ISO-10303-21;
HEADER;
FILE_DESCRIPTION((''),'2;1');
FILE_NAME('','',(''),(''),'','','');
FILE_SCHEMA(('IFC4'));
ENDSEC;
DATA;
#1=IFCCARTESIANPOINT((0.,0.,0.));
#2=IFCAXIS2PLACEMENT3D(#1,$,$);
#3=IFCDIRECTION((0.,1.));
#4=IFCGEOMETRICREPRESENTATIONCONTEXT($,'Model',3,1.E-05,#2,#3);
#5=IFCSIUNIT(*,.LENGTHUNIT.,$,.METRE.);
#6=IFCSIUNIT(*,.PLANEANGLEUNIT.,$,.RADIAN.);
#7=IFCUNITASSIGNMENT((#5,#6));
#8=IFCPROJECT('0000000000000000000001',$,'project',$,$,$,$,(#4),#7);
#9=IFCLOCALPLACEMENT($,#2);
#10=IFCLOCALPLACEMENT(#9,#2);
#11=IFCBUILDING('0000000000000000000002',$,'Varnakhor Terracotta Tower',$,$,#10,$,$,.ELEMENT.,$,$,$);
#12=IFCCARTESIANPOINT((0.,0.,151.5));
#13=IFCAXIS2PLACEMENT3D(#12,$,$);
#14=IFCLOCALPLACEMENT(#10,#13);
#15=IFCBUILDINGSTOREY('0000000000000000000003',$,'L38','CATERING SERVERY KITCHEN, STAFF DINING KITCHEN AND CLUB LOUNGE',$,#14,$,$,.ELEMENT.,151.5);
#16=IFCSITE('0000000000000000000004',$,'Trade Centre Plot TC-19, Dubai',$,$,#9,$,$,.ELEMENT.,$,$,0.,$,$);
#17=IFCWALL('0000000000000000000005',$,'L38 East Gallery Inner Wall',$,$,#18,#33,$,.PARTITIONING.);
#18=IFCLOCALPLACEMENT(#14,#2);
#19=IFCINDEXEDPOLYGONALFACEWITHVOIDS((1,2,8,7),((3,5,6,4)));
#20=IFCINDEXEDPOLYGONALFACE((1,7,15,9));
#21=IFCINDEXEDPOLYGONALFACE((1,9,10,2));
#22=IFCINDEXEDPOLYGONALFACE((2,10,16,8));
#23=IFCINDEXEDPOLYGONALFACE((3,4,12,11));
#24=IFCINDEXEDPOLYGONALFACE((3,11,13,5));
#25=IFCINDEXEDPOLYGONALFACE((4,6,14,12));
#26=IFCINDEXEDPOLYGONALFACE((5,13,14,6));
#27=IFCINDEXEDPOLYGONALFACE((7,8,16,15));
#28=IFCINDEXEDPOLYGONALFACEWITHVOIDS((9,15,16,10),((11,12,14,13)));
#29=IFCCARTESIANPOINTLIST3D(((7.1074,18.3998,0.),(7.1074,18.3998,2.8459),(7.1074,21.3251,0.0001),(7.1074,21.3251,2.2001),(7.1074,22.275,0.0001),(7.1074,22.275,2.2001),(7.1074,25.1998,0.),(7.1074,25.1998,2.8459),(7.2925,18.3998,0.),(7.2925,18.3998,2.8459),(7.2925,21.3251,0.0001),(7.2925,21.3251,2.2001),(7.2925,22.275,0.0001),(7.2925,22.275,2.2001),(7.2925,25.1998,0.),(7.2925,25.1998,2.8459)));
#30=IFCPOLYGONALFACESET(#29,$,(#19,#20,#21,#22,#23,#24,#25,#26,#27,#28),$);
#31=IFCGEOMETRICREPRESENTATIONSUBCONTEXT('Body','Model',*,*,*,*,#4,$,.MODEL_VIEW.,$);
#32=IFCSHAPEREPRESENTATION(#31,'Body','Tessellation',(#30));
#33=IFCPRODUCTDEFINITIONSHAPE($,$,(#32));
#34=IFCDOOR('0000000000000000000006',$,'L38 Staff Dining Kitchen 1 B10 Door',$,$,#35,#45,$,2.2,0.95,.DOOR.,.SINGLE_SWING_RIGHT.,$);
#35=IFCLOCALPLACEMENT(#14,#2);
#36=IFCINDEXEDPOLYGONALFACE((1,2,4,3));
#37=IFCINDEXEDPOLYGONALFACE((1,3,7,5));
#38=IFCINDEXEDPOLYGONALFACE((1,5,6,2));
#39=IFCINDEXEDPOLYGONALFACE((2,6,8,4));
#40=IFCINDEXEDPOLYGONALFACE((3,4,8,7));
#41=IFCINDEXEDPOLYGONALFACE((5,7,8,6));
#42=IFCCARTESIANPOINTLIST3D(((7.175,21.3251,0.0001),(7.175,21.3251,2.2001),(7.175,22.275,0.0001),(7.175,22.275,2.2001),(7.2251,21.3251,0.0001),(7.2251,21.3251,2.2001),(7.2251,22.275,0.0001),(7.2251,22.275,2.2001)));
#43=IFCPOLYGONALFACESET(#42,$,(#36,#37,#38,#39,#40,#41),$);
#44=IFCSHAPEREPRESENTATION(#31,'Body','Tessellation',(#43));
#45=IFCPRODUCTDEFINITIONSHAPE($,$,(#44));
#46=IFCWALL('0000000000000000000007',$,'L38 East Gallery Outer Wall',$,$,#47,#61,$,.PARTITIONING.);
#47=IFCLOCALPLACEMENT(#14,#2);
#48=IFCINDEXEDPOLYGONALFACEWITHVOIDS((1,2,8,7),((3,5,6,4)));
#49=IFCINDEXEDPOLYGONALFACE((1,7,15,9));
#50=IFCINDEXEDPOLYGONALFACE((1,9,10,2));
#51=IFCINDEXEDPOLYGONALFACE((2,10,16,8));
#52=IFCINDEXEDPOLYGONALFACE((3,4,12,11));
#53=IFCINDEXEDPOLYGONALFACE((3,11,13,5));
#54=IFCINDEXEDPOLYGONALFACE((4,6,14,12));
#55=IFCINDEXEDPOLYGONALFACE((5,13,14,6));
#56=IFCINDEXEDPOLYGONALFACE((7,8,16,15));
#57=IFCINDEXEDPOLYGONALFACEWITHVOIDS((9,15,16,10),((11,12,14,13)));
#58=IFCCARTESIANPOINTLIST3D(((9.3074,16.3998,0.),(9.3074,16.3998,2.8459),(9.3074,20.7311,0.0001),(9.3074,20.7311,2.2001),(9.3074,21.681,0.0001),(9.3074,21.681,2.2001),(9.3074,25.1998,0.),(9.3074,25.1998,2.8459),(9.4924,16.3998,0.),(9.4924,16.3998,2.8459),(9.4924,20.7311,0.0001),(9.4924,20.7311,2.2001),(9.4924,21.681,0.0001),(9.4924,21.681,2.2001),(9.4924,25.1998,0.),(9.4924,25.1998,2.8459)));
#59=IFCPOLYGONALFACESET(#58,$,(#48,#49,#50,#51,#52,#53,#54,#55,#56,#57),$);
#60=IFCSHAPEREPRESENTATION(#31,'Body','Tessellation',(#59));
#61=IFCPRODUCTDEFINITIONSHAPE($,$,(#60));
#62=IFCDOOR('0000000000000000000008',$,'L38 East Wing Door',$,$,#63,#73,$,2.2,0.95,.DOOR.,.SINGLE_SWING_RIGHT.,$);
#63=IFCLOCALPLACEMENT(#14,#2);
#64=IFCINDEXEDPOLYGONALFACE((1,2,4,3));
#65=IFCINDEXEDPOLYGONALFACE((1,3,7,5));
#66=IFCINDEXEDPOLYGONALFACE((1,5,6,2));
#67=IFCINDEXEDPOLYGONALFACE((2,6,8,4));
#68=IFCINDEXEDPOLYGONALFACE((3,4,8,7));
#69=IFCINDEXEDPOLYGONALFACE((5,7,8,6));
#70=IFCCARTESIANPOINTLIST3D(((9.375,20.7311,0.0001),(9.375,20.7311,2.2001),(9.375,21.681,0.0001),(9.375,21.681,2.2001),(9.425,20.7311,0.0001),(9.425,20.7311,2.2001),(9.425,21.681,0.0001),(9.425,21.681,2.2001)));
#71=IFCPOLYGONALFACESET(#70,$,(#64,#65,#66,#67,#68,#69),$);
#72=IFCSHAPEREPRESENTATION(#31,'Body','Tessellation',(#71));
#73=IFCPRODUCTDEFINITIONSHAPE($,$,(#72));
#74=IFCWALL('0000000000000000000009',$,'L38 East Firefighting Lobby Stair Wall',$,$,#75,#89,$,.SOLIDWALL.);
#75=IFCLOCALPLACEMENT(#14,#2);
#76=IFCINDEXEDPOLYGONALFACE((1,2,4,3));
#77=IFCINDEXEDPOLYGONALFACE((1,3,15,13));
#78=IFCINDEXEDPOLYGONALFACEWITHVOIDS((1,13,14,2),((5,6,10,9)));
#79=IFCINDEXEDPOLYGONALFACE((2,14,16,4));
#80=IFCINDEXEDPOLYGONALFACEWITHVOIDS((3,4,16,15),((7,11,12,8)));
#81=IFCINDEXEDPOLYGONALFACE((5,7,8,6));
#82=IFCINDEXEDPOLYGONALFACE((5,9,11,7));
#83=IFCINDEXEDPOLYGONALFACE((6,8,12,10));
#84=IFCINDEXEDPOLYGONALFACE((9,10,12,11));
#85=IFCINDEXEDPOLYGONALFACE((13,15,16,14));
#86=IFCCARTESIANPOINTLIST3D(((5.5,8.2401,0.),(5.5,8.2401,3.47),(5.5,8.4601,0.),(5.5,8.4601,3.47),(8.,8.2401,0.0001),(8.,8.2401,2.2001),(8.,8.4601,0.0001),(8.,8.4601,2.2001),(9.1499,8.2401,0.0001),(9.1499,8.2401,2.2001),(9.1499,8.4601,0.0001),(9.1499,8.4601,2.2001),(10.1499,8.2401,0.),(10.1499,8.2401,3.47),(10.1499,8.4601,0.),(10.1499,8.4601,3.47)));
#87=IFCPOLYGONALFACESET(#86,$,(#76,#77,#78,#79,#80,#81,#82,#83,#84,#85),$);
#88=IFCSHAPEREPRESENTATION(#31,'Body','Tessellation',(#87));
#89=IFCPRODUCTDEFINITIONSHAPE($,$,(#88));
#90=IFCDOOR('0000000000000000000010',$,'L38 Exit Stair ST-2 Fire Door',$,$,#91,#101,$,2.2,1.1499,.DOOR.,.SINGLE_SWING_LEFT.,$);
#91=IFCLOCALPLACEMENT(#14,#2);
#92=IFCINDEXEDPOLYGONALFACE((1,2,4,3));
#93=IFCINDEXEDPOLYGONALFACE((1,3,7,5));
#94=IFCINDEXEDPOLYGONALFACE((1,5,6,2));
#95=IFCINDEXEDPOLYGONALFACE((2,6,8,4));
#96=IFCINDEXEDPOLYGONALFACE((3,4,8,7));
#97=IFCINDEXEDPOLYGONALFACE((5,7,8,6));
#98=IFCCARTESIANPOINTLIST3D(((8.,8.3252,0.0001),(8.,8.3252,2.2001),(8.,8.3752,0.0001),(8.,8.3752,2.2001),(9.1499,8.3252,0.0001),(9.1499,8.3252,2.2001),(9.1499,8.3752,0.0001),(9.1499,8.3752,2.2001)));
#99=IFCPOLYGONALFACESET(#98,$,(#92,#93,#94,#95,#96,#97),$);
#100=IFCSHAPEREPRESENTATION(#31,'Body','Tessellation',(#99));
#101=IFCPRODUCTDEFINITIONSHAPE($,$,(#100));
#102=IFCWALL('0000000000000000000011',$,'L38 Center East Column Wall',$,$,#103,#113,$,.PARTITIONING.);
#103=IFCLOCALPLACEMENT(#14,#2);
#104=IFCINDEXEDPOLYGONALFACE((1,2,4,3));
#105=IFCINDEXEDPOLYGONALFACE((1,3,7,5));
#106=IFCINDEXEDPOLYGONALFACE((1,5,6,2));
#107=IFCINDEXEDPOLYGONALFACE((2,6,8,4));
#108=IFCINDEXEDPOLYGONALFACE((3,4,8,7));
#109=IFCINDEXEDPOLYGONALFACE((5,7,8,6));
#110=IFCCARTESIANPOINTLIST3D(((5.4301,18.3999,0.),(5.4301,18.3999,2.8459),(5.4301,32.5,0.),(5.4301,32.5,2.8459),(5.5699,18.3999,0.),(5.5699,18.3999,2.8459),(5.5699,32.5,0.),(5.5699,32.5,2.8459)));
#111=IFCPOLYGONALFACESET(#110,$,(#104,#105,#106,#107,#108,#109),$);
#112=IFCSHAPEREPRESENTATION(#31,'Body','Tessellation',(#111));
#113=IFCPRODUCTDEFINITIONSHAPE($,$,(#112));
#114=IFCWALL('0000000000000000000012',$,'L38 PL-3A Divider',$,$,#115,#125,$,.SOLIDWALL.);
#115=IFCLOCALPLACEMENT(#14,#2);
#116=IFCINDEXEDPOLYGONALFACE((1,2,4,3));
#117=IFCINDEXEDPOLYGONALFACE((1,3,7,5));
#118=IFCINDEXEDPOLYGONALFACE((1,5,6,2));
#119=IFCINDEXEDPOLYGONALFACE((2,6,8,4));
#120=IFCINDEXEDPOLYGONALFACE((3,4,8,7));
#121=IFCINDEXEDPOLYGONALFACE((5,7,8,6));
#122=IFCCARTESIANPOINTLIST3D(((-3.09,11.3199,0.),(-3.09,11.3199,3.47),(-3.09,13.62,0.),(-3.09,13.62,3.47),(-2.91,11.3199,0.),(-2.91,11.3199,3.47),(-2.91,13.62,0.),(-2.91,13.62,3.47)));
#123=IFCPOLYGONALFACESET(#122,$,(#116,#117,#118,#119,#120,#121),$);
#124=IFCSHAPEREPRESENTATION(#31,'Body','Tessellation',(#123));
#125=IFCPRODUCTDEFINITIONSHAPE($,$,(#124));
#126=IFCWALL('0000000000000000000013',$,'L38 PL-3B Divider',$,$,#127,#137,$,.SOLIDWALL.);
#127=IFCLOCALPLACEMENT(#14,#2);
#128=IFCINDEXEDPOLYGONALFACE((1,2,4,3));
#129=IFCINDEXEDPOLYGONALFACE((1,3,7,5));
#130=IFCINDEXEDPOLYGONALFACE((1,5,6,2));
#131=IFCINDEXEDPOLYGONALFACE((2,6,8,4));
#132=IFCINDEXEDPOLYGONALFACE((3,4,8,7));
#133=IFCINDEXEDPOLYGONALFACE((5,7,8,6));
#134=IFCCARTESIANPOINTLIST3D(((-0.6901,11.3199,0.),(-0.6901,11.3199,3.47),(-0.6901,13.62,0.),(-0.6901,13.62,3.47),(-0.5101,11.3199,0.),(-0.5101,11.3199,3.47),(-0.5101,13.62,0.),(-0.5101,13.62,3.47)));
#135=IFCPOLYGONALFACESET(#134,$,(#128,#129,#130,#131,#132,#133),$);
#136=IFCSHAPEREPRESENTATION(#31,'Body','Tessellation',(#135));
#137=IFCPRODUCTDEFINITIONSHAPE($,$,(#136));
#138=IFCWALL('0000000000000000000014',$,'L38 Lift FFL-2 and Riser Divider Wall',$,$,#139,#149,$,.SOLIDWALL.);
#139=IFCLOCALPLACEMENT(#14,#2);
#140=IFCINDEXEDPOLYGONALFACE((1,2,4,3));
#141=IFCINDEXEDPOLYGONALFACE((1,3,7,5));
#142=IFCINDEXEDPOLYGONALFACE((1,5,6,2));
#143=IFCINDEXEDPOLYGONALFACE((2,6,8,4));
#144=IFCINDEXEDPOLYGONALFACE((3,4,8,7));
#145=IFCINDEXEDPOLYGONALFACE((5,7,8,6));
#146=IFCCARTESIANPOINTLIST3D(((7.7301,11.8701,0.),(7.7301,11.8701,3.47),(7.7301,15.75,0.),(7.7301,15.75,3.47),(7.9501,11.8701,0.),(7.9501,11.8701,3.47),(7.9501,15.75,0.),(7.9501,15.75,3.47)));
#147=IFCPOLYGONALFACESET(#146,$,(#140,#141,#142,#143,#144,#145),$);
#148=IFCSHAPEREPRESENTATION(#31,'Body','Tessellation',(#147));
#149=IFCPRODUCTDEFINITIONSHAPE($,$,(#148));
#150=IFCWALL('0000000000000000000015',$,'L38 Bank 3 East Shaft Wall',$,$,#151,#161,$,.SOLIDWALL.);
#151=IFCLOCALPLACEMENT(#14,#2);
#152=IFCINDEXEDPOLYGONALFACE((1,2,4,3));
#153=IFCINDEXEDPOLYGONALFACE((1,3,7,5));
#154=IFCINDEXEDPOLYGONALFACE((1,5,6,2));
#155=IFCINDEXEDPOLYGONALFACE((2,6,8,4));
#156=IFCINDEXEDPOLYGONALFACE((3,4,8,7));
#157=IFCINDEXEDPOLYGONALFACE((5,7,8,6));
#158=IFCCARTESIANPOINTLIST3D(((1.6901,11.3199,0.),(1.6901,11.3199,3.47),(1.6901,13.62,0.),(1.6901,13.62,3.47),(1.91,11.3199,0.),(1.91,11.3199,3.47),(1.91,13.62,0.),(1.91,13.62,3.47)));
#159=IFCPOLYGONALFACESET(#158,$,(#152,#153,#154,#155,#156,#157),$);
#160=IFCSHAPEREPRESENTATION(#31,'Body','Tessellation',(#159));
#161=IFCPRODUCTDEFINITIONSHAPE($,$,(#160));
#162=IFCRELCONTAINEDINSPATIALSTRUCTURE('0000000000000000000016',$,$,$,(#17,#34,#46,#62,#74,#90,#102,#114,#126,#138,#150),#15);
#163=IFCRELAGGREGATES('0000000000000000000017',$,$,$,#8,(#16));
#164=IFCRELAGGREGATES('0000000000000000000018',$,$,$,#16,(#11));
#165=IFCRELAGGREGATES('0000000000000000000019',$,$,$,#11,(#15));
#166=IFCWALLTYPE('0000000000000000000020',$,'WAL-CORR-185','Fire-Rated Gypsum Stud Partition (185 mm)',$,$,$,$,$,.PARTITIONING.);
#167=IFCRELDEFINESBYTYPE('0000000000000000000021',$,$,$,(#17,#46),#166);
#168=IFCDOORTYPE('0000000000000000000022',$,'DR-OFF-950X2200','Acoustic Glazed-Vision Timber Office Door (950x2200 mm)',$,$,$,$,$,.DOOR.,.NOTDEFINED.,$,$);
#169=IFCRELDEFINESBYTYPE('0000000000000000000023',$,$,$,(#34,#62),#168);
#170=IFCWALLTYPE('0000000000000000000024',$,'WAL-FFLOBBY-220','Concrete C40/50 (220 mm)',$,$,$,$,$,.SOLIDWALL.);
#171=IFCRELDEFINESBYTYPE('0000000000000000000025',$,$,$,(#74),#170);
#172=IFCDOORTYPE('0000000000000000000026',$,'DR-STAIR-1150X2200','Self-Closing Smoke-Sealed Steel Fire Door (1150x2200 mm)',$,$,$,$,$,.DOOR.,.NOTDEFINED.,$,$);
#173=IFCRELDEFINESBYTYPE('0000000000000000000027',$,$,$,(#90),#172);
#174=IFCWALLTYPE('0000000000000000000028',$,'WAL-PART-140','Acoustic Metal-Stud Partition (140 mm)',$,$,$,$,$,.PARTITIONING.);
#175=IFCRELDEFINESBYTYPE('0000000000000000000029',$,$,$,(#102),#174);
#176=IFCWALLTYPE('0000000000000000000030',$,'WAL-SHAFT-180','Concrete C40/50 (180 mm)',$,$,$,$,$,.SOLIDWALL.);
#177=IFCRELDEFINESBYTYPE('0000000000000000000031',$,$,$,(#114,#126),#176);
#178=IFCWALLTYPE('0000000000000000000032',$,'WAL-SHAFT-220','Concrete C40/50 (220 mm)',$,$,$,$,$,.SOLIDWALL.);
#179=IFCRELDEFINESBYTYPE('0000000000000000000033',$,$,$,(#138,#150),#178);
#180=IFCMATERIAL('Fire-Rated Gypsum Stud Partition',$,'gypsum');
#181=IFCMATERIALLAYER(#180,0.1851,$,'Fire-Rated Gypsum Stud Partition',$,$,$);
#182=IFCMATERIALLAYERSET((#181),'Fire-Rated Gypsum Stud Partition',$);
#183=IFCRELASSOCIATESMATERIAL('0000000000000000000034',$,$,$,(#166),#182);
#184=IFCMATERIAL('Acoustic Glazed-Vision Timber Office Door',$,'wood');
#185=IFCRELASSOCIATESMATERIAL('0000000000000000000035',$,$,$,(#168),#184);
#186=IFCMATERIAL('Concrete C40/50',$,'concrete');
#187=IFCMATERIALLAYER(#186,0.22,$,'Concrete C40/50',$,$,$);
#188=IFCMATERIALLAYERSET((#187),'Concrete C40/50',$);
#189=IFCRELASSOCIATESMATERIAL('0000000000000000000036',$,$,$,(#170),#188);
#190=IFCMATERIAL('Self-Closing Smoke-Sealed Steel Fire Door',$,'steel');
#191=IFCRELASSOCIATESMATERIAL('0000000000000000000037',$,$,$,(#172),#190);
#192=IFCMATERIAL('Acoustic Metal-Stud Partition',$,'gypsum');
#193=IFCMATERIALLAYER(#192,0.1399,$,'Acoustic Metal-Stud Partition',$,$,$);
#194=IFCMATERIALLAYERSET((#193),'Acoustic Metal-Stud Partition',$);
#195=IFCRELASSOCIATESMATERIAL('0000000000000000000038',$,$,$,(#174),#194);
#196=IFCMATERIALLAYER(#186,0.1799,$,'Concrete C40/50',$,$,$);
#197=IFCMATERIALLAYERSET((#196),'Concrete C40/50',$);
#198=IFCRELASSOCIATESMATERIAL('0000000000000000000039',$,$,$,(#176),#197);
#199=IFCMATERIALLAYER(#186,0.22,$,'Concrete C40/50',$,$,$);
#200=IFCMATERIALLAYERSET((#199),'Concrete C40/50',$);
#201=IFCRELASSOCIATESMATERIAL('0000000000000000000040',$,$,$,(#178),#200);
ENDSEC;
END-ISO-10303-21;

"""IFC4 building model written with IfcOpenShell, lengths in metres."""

from ifc_helpers import new_model, si_unit, direction, frame, frame_2d, origin, place, context, subcontext, project, spatial, rectangle, extrude, source, transform, mapped, material, layer, layer_set, type_object, type_shapes, element, fill, save


model = new_model("IFC4")

# Units and contexts
model_context = context("Model", 3, precision=1e-05, world=origin(), true_north=direction((0.0, 1.0)))
body_context = subcontext(model_context, "Body", "Model", "MODEL_VIEW")
ifc_project = project(units=[si_unit("LENGTHUNIT", "METRE"), si_unit("PLANEANGLEUNIT", "RADIAN")], contexts=[model_context])

# Site, building, storey
site_placement = place(None, origin())
site = spatial("IfcSite", under=ifc_project, at=site_placement, Name="Trade Centre Plot TC-19, Dubai", CompositionType="ELEMENT", RefElevation=0.0)
building_placement = place(site_placement, origin())
building = spatial("IfcBuilding", under=site, at=building_placement, Name="Varnakhor Terracotta Tower", CompositionType="ELEMENT")
storey_placement = place(building_placement, frame((0.0, 0.0, 151.5)))
storey = spatial("IfcBuildingStorey", under=building, at=storey_placement, Name="L38", Description="CATERING SERVERY KITCHEN, STAFF DINING KITCHEN AND CLUB LOUNGE", CompositionType="ELEMENT", Elevation=151.5)

# Walls, openings, doors
ifc_material_1 = material(Name="Fire-Rated Gypsum Stud Partition", Category="gypsum")
ifc_layer_1 = layer(ifc_material_1, 0.1851, Name="Fire-Rated Gypsum Stud Partition")
ifc_layer_set_1 = layer_set([ifc_layer_1], Name="Fire-Rated Gypsum Stud Partition")
wall_type_1 = type_object("IfcWallType", Name="WAL-CORR-185", Description="Fire-Rated Gypsum Stud Partition (185 mm)", PredefinedType="PARTITIONING", material=ifc_layer_set_1)
wall_1_placement = place(storey_placement, frame((7.2, 18.3999, 0.0), z_axis=(0.0, 0.0, 1.0), x_axis=(0.0, 1.0, 0.0)))
wall_1 = element("IfcWall", 1, at=wall_1_placement, inside=storey, type_object=wall_type_1, Name="L38 East Gallery Inner Wall", PredefinedType="PARTITIONING", context=body_context, shape_type="SweptSolid", body=[
    extrude(rectangle(XDim=6.8, YDim=0.1851, at=frame_2d((3.3999, 0.0))), origin(), (0.0, 0.0, 1.0), 2.8459),
])
opening_1_placement = place(wall_1_placement, frame((2.925, 0.0, 0.0)))
opening_1 = element("IfcOpeningElement", 2, at=opening_1_placement, cuts=wall_1, PredefinedType="OPENING", context=body_context, shape_type="SweptSolid", body=[
    extrude(rectangle(XDim=0.95, YDim=2.2, at=frame_2d((0.4751, 1.1001))), frame((0.0, 0.1025, 0.0), z_axis=(0.0, -1.0, 0.0), x_axis=(1.0, 0.0, 0.0)), (0.0, 0.0, 1.0), 0.2051),
])
ifc_material_2 = material(Name="Acoustic Glazed-Vision Timber Office Door", Category="wood")
door_type_1 = type_object("IfcDoorType", Name="DR-OFF-950X2200", Description="Acoustic Glazed-Vision Timber Office Door (950x2200 mm)", OperationType="NOTDEFINED", PredefinedType="DOOR", material=ifc_material_2)
shared_shape_1 = source(origin(), body_context, "Body", "SweptSolid", [
    extrude(rectangle(XDim=0.95, YDim=2.2, at=frame_2d((0.4751, 1.1001))), frame((0.0, 0.0249, 0.0), z_axis=(0.0, -1.0, 0.0), x_axis=(1.0, 0.0, 0.0)), (0.0, 0.0, 1.0), 0.05),
])
type_shapes(door_type_1, [shared_shape_1])
door_1_placement = place(opening_1_placement, origin())
door_1 = element("IfcDoor", 3, at=door_1_placement, inside=storey, type_object=door_type_1, Name="L38 Staff Dining Kitchen 1 B10 Door", OperationType="SINGLE_SWING_RIGHT", OverallHeight=2.2, OverallWidth=0.95, PredefinedType="DOOR", context=body_context, shape_type="MappedRepresentation", body=[
    mapped(shared_shape_1, transform((0.0, 0.0, 0.0), scale=1.0)),
])
fill(opening_1, door_1)
wall_2_placement = place(storey_placement, frame((9.3999, 16.3999, 0.0), z_axis=(0.0, 0.0, 1.0), x_axis=(0.0, 1.0, 0.0)))
wall_2 = element("IfcWall", 4, at=wall_2_placement, inside=storey, type_object=wall_type_1, Name="L38 East Gallery Outer Wall", PredefinedType="PARTITIONING", context=body_context, shape_type="SweptSolid", body=[
    extrude(rectangle(XDim=8.8, YDim=0.1851, at=frame_2d((4.3999, 0.0))), origin(), (0.0, 0.0, 1.0), 2.8459),
])
opening_2_placement = place(wall_2_placement, frame((4.3311, 0.0, 0.0)))
opening_2 = element("IfcOpeningElement", 5, at=opening_2_placement, cuts=wall_2, PredefinedType="OPENING", context=body_context, shape_type="SweptSolid", body=[
    extrude(rectangle(XDim=0.95, YDim=2.2, at=frame_2d((0.4751, 1.1001))), frame((0.0, 0.1025, 0.0), z_axis=(0.0, -1.0, 0.0), x_axis=(1.0, 0.0, 0.0)), (0.0, 0.0, 1.0), 0.2051),
])
door_2_placement = place(opening_2_placement, origin())
door_2 = element("IfcDoor", 6, at=door_2_placement, inside=storey, type_object=door_type_1, Name="L38 East Wing Door", OperationType="SINGLE_SWING_RIGHT", OverallHeight=2.2, OverallWidth=0.95, PredefinedType="DOOR", context=body_context, shape_type="MappedRepresentation", body=[
    mapped(shared_shape_1, transform((0.0, 0.0, 0.0), scale=1.0)),
])
fill(opening_2, door_2)
ifc_material_3 = material(Name="Concrete C40/50", Category="concrete")
ifc_layer_2 = layer(ifc_material_3, 0.22, Name="Concrete C40/50")
ifc_layer_set_2 = layer_set([ifc_layer_2], Name="Concrete C40/50")
wall_type_2 = type_object("IfcWallType", Name="WAL-FFLOBBY-220", Description="Concrete C40/50 (220 mm)", PredefinedType="SOLIDWALL", material=ifc_layer_set_2)
wall_3_placement = place(storey_placement, frame((10.1499, 8.3501, 0.0), z_axis=(0.0, 0.0, 1.0), x_axis=(-1.0, 0.0, 0.0)))
wall_3 = element("IfcWall", 7, at=wall_3_placement, inside=storey, type_object=wall_type_2, Name="L38 East Firefighting Lobby Stair Wall", PredefinedType="SOLIDWALL", context=body_context, shape_type="SweptSolid", body=[
    extrude(rectangle(XDim=4.6499, YDim=0.22, at=frame_2d((2.325, 0.0))), origin(), (0.0, 0.0, 1.0), 3.47),
])
opening_3_placement = place(wall_3_placement, frame((1.0, 0.0, 0.0)))
opening_3 = element("IfcOpeningElement", 8, at=opening_3_placement, cuts=wall_3, PredefinedType="OPENING", context=body_context, shape_type="SweptSolid", body=[
    extrude(rectangle(XDim=1.1499, YDim=2.2, at=frame_2d((0.575, 1.1001))), frame((0.0, 0.1201, 0.0), z_axis=(0.0, -1.0, 0.0), x_axis=(1.0, 0.0, 0.0)), (0.0, 0.0, 1.0), 0.24),
])
ifc_material_4 = material(Name="Self-Closing Smoke-Sealed Steel Fire Door", Category="steel")
door_type_2 = type_object("IfcDoorType", Name="DR-STAIR-1150X2200", Description="Self-Closing Smoke-Sealed Steel Fire Door (1150x2200 mm)", OperationType="NOTDEFINED", PredefinedType="DOOR", material=ifc_material_4)
shared_shape_2 = source(origin(), body_context, "Body", "SweptSolid", [
    extrude(rectangle(XDim=1.1499, YDim=2.2, at=frame_2d((0.575, 1.1001))), frame((0.0, 0.0249, 0.0), z_axis=(0.0, -1.0, 0.0), x_axis=(1.0, 0.0, 0.0)), (0.0, 0.0, 1.0), 0.05),
])
type_shapes(door_type_2, [shared_shape_2])
door_3_placement = place(opening_3_placement, origin())
door_3 = element("IfcDoor", 9, at=door_3_placement, inside=storey, type_object=door_type_2, Name="L38 Exit Stair ST-2 Fire Door", OperationType="SINGLE_SWING_LEFT", OverallHeight=2.2, OverallWidth=1.1499, PredefinedType="DOOR", context=body_context, shape_type="MappedRepresentation", body=[
    mapped(shared_shape_2, transform((0.0, 0.0, 0.0), scale=1.0)),
])
fill(opening_3, door_3)

# Walls
ifc_material_5 = material(Name="Acoustic Metal-Stud Partition", Category="gypsum")
ifc_layer_3 = layer(ifc_material_5, 0.1399, Name="Acoustic Metal-Stud Partition")
ifc_layer_set_3 = layer_set([ifc_layer_3], Name="Acoustic Metal-Stud Partition")
wall_type_3 = type_object("IfcWallType", Name="WAL-PART-140", Description="Acoustic Metal-Stud Partition (140 mm)", PredefinedType="PARTITIONING", material=ifc_layer_set_3)
wall_4_placement = place(storey_placement, frame((5.5, 18.3999, 0.0), z_axis=(0.0, 0.0, 1.0), x_axis=(0.0, 1.0, 0.0)))
element("IfcWall", 10, at=wall_4_placement, inside=storey, type_object=wall_type_3, Name="L38 Center East Column Wall", PredefinedType="PARTITIONING", context=body_context, shape_type="SweptSolid", body=[
    extrude(rectangle(XDim=14.1001, YDim=0.1399, at=frame_2d((7.05, 0.0))), origin(), (0.0, 0.0, 1.0), 2.8459),
])
ifc_layer_4 = layer(ifc_material_3, 0.1799, Name="Concrete C40/50")
ifc_layer_set_4 = layer_set([ifc_layer_4], Name="Concrete C40/50")
wall_type_4 = type_object("IfcWallType", Name="WAL-SHAFT-180", Description="Concrete C40/50 (180 mm)", PredefinedType="SOLIDWALL", material=ifc_layer_set_4)
for number, where, z_axis, x_axis, name in (
    (11, (-3.0, 11.3201, 0.0), (0.0, 0.0, 1.0), (0.0, 1.0, 0.0), "L38 PL-3A Divider"),
    (12, (-0.6001, 11.3201, 0.0), (0.0, 0.0, 1.0), (0.0, 1.0, 0.0), "L38 PL-3B Divider"),
):
    element("IfcWall", number, at=place(storey_placement, frame(where, z_axis=z_axis, x_axis=x_axis)), inside=storey, type_object=wall_type_4, Name=name, PredefinedType="SOLIDWALL", context=body_context, shape_type="SweptSolid", body=[
        extrude(rectangle(XDim=2.3, YDim=0.1799, at=frame_2d((1.1499, 0.0))), origin(), (0.0, 0.0, 1.0), 3.47),
    ])
ifc_layer_5 = layer(ifc_material_3, 0.22, Name="Concrete C40/50")
ifc_layer_set_5 = layer_set([ifc_layer_5], Name="Concrete C40/50")
wall_type_5 = type_object("IfcWallType", Name="WAL-SHAFT-220", Description="Concrete C40/50 (220 mm)", PredefinedType="SOLIDWALL", material=ifc_layer_set_5)
wall_5_placement = place(storey_placement, frame((7.8401, 11.8701, 0.0), z_axis=(0.0, 0.0, 1.0), x_axis=(0.0, 1.0, 0.0)))
element("IfcWall", 13, at=wall_5_placement, inside=storey, type_object=wall_type_5, Name="L38 Lift FFL-2 and Riser Divider Wall", PredefinedType="SOLIDWALL", context=body_context, shape_type="SweptSolid", body=[
    extrude(rectangle(XDim=3.8799, YDim=0.22, at=frame_2d((1.9399, 0.0))), origin(), (0.0, 0.0, 1.0), 3.47),
])
wall_6_placement = place(storey_placement, frame((1.8, 11.3201, 0.0), z_axis=(0.0, 0.0, 1.0), x_axis=(0.0, 1.0, 0.0)))
element("IfcWall", 14, at=wall_6_placement, inside=storey, type_object=wall_type_5, Name="L38 Bank 3 East Shaft Wall", PredefinedType="SOLIDWALL", context=body_context, shape_type="SweptSolid", body=[
    extrude(rectangle(XDim=2.3, YDim=0.22, at=frame_2d((1.1499, 0.0))), origin(), (0.0, 0.0, 1.0), 3.47),
])

save(model, "model.ifc")
